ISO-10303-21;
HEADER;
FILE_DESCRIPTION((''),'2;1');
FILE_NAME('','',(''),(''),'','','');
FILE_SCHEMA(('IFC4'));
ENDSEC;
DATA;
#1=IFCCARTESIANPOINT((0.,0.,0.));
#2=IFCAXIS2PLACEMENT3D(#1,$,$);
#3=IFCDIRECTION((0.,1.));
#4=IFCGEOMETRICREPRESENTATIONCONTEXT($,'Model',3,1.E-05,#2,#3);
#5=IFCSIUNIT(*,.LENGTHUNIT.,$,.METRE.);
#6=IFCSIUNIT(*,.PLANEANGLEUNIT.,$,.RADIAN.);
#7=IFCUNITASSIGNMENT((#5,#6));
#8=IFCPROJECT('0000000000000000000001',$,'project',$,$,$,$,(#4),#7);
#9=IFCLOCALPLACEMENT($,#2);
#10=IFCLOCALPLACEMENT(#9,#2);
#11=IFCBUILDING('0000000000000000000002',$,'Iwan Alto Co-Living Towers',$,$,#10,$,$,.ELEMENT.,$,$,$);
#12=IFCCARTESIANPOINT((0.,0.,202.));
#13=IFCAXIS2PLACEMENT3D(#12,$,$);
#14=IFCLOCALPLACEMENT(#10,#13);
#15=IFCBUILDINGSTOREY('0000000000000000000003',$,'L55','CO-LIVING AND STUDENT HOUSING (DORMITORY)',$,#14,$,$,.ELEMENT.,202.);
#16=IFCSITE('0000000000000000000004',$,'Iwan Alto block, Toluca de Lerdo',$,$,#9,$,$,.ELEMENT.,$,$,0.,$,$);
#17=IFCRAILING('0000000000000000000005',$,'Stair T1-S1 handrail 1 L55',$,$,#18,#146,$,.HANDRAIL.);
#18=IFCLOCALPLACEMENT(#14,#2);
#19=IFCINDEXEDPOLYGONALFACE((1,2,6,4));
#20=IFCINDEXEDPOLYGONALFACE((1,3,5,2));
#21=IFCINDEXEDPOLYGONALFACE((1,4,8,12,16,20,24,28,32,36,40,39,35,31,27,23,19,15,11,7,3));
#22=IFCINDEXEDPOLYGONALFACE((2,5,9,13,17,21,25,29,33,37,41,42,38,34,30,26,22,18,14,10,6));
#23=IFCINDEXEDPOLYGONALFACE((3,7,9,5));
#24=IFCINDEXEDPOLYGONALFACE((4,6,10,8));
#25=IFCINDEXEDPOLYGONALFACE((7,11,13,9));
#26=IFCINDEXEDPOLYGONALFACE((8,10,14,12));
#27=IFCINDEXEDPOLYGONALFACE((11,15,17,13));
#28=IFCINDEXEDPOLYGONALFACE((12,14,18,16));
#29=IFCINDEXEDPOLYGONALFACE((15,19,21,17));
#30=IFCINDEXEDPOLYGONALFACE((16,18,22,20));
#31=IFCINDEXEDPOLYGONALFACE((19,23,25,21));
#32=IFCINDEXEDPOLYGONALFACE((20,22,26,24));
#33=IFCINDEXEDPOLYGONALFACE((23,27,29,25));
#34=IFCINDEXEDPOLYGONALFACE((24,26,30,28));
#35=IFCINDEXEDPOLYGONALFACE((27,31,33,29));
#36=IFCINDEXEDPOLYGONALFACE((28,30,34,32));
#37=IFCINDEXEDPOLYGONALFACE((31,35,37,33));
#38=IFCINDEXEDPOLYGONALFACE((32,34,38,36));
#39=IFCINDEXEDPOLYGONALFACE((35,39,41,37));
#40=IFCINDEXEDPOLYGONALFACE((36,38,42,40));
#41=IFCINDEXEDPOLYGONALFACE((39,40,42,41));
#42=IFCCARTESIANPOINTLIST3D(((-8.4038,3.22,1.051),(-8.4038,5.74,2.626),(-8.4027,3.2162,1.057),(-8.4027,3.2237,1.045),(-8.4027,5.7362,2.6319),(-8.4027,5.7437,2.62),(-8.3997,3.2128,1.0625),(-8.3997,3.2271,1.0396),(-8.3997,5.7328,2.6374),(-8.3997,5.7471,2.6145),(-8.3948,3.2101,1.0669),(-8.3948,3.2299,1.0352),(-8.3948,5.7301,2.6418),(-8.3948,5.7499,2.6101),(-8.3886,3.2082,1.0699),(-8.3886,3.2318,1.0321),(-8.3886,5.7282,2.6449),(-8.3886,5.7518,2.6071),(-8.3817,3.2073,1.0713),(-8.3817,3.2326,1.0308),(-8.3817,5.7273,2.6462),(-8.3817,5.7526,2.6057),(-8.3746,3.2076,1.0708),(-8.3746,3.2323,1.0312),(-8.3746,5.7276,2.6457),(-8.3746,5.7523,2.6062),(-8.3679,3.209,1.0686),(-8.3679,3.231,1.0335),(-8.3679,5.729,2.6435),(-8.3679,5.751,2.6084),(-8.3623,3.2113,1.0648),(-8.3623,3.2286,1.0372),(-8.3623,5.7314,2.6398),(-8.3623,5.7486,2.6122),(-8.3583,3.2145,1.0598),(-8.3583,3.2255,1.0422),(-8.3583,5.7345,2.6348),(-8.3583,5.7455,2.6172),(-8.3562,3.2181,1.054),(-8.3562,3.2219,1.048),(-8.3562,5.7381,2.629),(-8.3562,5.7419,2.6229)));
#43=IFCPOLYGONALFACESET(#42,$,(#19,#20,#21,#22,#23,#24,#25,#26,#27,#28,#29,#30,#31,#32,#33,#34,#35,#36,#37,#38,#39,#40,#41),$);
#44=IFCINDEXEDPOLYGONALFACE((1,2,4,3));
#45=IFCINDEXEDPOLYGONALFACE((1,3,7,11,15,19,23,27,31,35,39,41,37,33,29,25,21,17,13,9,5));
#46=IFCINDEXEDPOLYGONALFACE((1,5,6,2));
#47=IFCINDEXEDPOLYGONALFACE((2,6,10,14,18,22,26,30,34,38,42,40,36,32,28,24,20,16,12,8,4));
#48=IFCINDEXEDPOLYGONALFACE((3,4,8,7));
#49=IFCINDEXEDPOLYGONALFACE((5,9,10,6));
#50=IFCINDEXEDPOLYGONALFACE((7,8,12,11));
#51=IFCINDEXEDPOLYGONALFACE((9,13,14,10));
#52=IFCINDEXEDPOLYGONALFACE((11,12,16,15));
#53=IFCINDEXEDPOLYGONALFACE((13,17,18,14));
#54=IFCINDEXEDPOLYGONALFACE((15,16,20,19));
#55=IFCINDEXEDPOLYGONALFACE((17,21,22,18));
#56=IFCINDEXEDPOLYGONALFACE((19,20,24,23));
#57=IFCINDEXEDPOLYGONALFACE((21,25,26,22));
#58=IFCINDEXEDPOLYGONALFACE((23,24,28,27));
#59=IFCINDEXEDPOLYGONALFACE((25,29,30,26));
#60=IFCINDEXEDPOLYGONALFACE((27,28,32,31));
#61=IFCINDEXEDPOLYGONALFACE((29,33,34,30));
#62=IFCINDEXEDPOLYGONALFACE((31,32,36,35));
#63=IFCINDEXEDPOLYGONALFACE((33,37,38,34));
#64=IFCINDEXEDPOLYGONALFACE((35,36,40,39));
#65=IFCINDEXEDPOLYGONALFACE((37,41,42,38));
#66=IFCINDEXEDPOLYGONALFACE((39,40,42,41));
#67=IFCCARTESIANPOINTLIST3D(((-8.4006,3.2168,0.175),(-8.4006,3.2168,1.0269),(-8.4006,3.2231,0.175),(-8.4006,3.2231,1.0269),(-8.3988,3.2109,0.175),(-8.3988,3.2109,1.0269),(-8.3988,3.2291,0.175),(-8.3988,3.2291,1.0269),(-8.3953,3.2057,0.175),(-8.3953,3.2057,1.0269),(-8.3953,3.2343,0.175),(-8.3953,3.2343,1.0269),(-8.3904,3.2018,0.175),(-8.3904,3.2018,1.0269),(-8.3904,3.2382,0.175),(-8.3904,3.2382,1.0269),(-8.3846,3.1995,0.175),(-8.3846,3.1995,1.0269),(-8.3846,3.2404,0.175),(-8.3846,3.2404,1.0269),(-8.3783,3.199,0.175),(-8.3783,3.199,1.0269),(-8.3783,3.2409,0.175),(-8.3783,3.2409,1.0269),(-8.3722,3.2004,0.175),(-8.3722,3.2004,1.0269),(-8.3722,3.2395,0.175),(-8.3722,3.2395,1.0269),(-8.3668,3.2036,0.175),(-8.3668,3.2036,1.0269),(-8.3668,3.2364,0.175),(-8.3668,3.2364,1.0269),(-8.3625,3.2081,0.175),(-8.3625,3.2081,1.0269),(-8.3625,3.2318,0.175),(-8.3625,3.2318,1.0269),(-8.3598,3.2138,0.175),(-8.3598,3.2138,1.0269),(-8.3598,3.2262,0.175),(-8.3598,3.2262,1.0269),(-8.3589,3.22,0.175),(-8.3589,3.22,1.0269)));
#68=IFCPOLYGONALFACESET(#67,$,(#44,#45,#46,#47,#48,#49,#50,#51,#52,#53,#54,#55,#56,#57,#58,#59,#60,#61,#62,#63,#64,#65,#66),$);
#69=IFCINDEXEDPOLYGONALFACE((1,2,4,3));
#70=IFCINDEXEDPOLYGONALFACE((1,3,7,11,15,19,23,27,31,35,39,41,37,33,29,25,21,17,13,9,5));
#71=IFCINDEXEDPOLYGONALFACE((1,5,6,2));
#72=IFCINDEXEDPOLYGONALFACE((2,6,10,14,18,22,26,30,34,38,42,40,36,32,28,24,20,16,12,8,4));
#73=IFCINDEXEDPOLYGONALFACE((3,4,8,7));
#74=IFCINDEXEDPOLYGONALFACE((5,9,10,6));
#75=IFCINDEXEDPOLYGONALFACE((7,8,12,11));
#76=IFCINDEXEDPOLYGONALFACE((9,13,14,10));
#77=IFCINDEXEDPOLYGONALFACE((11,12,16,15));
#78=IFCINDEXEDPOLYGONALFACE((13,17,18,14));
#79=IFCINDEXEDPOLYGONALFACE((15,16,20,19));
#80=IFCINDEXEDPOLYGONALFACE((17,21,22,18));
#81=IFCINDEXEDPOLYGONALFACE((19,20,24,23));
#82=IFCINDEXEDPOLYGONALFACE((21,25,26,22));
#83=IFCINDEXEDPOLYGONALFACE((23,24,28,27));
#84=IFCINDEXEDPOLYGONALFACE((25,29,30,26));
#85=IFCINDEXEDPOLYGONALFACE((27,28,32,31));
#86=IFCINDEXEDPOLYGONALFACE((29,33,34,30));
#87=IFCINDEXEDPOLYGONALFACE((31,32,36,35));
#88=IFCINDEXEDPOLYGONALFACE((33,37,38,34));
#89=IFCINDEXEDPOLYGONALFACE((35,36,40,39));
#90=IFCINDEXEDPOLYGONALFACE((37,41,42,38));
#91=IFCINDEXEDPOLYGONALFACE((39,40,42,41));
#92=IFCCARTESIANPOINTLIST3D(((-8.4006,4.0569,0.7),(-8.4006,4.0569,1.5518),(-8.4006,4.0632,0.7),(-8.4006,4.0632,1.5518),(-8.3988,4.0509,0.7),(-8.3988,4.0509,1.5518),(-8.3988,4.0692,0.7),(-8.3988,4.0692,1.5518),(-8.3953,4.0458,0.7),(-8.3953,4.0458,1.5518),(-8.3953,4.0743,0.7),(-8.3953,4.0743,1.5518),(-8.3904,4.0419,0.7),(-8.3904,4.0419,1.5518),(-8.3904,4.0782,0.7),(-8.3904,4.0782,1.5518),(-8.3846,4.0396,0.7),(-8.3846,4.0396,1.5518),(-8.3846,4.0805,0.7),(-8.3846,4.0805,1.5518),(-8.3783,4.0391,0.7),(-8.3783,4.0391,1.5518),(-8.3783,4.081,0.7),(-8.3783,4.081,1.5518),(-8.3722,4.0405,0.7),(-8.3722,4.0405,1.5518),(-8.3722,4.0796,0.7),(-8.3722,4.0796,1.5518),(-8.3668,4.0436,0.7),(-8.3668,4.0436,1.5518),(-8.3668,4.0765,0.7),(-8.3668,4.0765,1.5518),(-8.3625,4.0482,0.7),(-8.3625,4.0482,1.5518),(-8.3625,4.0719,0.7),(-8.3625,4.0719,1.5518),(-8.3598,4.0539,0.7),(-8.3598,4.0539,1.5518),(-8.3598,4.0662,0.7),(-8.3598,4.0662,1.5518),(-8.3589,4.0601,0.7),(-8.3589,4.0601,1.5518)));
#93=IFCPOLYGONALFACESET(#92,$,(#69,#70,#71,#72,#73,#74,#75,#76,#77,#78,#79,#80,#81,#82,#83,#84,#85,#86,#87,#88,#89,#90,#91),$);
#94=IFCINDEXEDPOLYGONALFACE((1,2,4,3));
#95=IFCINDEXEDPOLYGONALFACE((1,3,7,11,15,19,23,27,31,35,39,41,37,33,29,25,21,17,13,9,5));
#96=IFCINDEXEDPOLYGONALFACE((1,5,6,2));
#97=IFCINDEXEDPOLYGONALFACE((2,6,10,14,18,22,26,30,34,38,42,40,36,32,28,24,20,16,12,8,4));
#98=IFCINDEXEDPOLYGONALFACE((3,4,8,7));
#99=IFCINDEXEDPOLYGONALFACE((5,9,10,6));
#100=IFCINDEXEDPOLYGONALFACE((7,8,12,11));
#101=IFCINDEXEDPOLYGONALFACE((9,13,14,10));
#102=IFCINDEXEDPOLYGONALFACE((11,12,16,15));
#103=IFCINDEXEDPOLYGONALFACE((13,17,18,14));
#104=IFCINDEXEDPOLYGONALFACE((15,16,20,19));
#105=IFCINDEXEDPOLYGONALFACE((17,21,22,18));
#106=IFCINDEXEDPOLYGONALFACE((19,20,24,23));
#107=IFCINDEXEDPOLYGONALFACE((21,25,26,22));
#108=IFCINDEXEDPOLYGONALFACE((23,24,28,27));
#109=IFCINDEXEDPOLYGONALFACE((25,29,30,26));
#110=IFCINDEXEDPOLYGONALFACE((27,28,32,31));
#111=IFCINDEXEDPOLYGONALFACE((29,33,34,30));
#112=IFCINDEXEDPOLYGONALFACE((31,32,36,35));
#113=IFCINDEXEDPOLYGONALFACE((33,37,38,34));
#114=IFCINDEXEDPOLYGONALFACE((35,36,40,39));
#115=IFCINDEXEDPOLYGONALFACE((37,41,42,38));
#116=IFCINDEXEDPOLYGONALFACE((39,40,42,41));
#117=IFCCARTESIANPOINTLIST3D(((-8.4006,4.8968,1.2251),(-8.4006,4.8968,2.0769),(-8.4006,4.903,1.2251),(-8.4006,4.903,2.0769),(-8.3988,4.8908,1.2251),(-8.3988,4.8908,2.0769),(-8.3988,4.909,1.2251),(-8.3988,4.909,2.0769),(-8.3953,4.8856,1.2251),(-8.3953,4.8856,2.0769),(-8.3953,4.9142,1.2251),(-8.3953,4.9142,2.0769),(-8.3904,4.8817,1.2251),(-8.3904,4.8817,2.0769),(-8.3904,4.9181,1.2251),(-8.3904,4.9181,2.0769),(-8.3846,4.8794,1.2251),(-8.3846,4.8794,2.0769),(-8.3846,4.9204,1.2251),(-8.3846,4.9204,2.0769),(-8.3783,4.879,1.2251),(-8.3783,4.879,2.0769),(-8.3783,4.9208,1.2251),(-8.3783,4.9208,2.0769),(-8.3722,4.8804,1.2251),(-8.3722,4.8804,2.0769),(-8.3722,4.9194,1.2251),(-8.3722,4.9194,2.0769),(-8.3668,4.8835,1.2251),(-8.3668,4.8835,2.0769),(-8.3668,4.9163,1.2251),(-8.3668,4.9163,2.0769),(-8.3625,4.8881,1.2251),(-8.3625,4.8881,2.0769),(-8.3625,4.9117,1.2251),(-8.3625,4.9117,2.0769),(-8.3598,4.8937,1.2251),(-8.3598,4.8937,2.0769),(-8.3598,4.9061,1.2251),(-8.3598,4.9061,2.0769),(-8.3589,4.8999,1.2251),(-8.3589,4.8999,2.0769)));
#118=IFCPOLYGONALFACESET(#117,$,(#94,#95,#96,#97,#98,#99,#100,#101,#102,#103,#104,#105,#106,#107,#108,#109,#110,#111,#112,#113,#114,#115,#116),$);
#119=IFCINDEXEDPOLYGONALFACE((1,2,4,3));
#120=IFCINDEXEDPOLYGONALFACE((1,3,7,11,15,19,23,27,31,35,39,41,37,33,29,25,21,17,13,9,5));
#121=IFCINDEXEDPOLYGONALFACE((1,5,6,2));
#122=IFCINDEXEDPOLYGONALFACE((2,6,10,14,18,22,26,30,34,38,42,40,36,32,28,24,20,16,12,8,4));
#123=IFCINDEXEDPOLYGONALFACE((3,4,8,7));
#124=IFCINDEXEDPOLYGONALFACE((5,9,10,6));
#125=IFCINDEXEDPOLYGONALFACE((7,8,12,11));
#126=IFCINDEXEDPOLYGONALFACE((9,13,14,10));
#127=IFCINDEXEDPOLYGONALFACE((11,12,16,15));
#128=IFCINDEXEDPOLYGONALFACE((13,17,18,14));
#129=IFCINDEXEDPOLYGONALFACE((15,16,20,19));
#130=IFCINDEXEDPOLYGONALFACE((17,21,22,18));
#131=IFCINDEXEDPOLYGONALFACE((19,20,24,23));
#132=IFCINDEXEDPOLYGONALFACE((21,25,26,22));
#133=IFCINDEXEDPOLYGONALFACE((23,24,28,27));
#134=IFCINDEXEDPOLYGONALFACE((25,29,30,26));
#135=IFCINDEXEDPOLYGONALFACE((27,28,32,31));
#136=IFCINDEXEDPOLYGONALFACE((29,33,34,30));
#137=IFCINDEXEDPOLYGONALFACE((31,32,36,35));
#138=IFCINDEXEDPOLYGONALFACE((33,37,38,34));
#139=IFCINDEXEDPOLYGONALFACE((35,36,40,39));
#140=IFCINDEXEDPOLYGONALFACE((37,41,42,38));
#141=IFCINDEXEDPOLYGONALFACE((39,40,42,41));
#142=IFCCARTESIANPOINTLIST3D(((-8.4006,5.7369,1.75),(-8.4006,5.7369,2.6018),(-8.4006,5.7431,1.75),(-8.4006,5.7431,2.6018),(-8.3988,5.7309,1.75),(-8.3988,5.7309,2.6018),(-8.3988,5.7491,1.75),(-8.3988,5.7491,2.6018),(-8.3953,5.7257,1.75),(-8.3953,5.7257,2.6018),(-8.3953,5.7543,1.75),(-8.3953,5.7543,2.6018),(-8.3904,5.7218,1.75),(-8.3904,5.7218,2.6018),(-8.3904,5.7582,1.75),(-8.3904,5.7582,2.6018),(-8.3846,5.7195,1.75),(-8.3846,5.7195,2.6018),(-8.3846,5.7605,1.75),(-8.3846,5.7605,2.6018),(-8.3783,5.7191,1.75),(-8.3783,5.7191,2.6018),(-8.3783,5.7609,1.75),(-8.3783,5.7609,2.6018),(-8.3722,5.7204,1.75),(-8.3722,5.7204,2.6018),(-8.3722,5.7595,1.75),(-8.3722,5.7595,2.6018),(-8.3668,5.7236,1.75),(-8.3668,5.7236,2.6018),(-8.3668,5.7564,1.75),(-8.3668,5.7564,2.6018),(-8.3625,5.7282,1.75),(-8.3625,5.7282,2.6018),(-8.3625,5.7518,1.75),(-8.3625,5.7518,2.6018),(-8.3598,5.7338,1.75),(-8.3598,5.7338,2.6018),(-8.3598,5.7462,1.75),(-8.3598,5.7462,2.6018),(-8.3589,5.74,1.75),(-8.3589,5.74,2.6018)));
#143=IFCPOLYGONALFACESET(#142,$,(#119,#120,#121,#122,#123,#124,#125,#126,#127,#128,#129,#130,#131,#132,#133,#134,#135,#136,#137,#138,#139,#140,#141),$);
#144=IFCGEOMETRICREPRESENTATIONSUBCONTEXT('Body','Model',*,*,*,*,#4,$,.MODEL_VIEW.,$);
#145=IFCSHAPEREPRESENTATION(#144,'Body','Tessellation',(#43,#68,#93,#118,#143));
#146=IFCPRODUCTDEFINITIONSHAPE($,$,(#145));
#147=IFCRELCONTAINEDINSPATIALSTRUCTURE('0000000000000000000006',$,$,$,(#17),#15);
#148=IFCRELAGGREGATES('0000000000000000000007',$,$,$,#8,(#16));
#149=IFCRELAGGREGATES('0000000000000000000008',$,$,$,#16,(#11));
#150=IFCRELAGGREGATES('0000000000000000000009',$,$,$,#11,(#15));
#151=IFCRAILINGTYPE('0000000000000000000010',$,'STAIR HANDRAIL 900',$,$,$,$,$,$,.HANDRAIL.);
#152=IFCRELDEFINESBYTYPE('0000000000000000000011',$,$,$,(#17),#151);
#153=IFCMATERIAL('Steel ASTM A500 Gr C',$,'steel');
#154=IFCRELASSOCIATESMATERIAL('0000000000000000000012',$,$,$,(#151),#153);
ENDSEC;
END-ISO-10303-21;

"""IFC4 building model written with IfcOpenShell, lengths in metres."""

from ifc_helpers import new_model, si_unit, direction, frame, origin, origin_2d, place, context, subcontext, project, spatial, circle, extrude, material, type_object, element, save


model = new_model("IFC4")

# Units and contexts
model_context = context("Model", 3, precision=1e-05, world=origin(), true_north=direction((0.0, 1.0)))
body_context = subcontext(model_context, "Body", "Model", "MODEL_VIEW")
ifc_project = project(units=[si_unit("LENGTHUNIT", "METRE"), si_unit("PLANEANGLEUNIT", "RADIAN")], contexts=[model_context])

# Site, building, storey
site_placement = place(None, origin())
site = spatial("IfcSite", under=ifc_project, at=site_placement, Name="Iwan Alto block, Toluca de Lerdo", CompositionType="ELEMENT", RefElevation=0.0)
building_placement = place(site_placement, origin())
building = spatial("IfcBuilding", under=site, at=building_placement, Name="Iwan Alto Co-Living Towers", CompositionType="ELEMENT")
storey_placement = place(building_placement, frame((0.0, 0.0, 202.0)))
storey = spatial("IfcBuildingStorey", under=building, at=storey_placement, Name="L55", Description="CO-LIVING AND STUDENT HOUSING (DORMITORY)", CompositionType="ELEMENT", Elevation=202.0)

# Railing
ifc_material_1 = material(Name="Steel ASTM A500 Gr C", Category="steel")
railing_type_1 = type_object("IfcRailingType", Name="STAIR HANDRAIL 900", PredefinedType="HANDRAIL", material=ifc_material_1)
railing_1_placement = place(storey_placement, frame((-8.3799, 3.22, 0.175)))
element("IfcRailing", 1, at=railing_1_placement, inside=storey, type_object=railing_type_1, Name="Stair T1-S1 handrail 1 L55", PredefinedType="HANDRAIL", context=body_context, shape_type="SweptSolid", body=[
    extrude(circle(Radius=0.0239, at=origin_2d()), frame((0.0, 0.0, 0.876), z_axis=(0.0, 0.848008, 0.529984), x_axis=(-1.0, 0.0, 0.0)), (0.0, 0.0, 1.0), 2.9717),
    extrude(circle(Radius=0.021, at=origin_2d()), origin(), (0.0, 0.0, 1.0), 0.8518),
    extrude(circle(Radius=0.021, at=origin_2d()), frame((0.0, 0.8401, 0.5249)), (0.0, 0.0, 1.0), 0.8518),
    extrude(circle(Radius=0.021, at=origin_2d()), frame((0.0, 1.6799, 1.05)), (0.0, 0.0, 1.0), 0.8518),
    extrude(circle(Radius=0.021, at=origin_2d()), frame((0.0, 2.52, 1.575)), (0.0, 0.0, 1.0), 0.8518),
])

save(model, "model.ifc")
